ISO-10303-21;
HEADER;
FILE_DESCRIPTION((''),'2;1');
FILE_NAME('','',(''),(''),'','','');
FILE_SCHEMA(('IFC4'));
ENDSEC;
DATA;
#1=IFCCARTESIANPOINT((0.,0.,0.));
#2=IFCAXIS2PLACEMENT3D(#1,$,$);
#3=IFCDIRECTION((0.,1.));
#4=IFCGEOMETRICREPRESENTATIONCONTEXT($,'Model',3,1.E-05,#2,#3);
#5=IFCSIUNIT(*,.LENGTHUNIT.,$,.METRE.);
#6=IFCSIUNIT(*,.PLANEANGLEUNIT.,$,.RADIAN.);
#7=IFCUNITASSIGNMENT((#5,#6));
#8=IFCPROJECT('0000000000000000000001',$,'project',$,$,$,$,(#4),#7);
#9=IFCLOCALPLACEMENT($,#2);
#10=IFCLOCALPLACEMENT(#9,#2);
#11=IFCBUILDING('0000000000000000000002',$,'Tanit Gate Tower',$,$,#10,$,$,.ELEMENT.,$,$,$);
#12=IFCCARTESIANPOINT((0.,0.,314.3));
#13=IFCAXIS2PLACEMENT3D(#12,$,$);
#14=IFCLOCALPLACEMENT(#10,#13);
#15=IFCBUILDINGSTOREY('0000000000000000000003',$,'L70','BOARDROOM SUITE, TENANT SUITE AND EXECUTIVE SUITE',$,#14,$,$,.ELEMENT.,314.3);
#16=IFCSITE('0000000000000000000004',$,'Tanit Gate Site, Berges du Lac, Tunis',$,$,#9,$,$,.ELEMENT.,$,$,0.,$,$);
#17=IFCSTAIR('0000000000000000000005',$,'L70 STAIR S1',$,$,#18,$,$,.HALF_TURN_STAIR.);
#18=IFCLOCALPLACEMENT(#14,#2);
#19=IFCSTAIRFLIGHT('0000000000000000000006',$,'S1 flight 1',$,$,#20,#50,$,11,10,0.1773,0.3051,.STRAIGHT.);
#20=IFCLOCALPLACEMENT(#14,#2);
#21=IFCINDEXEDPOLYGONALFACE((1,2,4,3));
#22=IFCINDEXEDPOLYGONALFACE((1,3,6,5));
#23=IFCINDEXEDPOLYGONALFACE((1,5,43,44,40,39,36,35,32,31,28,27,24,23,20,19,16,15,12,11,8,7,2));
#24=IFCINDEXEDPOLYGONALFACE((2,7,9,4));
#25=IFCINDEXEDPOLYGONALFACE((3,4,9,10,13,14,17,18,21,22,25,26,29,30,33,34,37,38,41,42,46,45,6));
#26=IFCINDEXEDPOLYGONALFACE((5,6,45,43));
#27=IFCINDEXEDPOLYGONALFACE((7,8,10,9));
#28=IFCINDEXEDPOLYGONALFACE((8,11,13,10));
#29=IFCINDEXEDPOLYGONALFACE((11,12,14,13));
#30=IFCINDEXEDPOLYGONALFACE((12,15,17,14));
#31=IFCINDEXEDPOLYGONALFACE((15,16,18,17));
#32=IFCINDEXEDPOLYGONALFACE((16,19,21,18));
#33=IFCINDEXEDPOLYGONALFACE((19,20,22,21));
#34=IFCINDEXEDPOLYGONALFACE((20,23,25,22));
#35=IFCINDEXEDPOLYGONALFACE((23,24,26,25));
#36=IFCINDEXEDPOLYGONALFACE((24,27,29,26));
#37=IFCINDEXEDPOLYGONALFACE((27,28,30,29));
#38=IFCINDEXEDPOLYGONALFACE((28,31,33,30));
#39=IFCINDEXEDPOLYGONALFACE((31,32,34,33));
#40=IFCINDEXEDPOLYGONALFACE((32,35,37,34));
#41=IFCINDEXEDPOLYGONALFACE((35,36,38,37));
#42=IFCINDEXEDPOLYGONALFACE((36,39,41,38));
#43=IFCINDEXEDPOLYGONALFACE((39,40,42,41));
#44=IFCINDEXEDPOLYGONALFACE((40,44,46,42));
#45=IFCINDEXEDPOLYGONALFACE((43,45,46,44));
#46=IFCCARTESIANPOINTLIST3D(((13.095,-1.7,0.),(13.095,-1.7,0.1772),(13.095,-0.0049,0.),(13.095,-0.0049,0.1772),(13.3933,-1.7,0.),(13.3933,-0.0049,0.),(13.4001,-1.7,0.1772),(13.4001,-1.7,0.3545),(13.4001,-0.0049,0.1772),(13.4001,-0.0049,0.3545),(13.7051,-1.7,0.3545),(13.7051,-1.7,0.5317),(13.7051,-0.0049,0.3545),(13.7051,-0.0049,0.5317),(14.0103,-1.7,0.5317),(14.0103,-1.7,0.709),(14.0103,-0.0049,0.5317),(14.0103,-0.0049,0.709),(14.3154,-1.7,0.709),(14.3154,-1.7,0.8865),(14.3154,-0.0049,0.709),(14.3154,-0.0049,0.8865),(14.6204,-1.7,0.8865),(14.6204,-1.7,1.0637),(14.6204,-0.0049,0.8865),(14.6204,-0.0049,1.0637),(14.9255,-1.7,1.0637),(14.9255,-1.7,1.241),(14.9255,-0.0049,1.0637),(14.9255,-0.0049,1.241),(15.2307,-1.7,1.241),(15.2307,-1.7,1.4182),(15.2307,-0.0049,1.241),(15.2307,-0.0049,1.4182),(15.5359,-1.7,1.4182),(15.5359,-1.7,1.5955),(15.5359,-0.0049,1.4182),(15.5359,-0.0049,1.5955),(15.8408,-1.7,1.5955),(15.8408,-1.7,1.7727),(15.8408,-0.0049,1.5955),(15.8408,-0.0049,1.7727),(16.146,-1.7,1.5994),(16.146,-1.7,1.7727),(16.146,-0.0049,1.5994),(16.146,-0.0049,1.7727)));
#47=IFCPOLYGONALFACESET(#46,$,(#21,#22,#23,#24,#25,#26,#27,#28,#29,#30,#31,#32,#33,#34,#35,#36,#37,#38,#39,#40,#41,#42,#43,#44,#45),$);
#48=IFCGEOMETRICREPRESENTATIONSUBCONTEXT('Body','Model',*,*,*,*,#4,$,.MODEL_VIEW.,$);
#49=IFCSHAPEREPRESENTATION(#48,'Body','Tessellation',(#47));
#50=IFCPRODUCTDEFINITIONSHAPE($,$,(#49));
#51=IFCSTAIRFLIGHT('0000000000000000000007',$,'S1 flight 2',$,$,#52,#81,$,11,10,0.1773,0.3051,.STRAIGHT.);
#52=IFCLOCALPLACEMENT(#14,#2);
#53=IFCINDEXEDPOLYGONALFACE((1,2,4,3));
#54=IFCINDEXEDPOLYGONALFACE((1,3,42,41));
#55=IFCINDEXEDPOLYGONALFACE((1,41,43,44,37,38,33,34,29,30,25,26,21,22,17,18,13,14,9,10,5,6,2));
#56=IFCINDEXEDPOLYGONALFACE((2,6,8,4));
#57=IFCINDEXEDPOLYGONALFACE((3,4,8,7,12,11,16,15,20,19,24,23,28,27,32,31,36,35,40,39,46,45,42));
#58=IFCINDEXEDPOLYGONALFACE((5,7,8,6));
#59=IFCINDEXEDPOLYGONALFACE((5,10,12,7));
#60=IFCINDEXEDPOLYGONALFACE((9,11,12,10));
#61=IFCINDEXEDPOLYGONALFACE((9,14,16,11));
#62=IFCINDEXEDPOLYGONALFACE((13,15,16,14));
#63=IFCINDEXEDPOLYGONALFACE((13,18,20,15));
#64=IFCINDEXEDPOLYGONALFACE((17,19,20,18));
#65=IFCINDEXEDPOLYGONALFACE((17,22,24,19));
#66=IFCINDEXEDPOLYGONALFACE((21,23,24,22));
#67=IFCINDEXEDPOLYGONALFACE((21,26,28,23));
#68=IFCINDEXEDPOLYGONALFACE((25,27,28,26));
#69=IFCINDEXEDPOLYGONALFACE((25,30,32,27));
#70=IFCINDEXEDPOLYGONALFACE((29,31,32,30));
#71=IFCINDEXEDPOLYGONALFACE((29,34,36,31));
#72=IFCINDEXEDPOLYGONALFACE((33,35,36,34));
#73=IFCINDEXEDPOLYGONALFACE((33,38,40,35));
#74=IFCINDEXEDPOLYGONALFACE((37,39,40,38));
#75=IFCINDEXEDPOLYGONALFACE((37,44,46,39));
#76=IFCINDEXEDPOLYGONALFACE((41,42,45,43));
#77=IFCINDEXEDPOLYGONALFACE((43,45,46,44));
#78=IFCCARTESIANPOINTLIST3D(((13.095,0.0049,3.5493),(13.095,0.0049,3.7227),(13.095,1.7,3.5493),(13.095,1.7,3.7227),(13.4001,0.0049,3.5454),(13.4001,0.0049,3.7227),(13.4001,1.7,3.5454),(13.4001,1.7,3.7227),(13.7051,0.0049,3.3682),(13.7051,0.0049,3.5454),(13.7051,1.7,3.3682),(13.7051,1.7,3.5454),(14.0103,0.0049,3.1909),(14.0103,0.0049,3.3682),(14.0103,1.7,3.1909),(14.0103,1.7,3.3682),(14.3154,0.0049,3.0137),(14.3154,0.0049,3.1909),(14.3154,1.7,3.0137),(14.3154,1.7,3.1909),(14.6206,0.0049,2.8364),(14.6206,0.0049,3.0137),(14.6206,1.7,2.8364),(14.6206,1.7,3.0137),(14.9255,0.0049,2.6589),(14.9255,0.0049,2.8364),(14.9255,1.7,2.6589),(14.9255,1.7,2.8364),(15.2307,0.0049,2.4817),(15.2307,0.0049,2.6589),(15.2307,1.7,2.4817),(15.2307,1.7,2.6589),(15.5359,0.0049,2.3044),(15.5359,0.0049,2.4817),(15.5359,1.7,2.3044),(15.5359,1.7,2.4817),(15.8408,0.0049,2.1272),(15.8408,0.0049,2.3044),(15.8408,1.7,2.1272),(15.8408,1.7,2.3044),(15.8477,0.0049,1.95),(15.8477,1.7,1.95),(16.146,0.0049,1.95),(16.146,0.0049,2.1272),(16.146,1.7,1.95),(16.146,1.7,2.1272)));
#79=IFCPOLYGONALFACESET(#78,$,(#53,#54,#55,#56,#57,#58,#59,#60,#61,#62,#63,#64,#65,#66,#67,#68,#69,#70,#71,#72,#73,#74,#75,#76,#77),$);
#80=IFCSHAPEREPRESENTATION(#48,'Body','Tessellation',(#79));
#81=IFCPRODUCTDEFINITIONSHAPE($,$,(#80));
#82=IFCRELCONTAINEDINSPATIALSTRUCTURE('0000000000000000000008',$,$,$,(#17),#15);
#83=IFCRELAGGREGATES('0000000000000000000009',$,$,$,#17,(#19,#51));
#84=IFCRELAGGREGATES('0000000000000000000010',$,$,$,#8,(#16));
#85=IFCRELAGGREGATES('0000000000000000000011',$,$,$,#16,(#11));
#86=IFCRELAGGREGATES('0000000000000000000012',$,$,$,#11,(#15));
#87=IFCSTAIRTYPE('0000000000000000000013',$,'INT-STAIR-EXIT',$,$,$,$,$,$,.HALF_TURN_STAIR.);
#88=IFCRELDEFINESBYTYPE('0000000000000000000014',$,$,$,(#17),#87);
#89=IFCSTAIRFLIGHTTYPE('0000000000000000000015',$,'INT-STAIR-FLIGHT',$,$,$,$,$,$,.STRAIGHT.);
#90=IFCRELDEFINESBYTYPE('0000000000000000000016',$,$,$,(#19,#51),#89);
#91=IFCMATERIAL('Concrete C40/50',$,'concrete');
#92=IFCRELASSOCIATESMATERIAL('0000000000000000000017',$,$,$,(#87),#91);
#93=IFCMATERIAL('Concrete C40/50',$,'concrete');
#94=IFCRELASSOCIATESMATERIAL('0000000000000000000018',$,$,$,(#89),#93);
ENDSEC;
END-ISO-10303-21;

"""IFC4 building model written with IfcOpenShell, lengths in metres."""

from ifc_helpers import new_model, si_unit, direction, frame, origin, place, context, subcontext, project, spatial, polyline, outline, extrude, material, type_object, element, aggregate, save


model = new_model("IFC4")

# Units and contexts
model_context = context("Model", 3, precision=1e-05, world=origin(), true_north=direction((0.0, 1.0)))
body_context = subcontext(model_context, "Body", "Model", "MODEL_VIEW")
ifc_project = project(units=[si_unit("LENGTHUNIT", "METRE"), si_unit("PLANEANGLEUNIT", "RADIAN")], contexts=[model_context])

# Site, building, storey
site_placement = place(None, origin())
site = spatial("IfcSite", under=ifc_project, at=site_placement, Name="Tanit Gate Site, Berges du Lac, Tunis", CompositionType="ELEMENT", RefElevation=0.0)
building_placement = place(site_placement, origin())
building = spatial("IfcBuilding", under=site, at=building_placement, Name="Tanit Gate Tower", CompositionType="ELEMENT")
storey_placement = place(building_placement, frame((0.0, 0.0, 314.3)))
storey = spatial("IfcBuildingStorey", under=building, at=storey_placement, Name="L70", Description="BOARDROOM SUITE, TENANT SUITE AND EXECUTIVE SUITE", CompositionType="ELEMENT", Elevation=314.3)

# Stair, stair flights
ifc_material_1 = material(Name="Concrete C40/50", Category="concrete")
stair_type = type_object("IfcStairType", Name="INT-STAIR-EXIT", PredefinedType="HALF_TURN_STAIR", material=ifc_material_1)
stair_placement = place(storey_placement, origin())
stair = element("IfcStair", 1, at=stair_placement, inside=storey, type_object=stair_type, Name="L70 STAIR S1", PredefinedType="HALF_TURN_STAIR")
ifc_material_2 = material(Name="Concrete C40/50", Category="concrete")
stair_flight_type = type_object("IfcStairFlightType", Name="INT-STAIR-FLIGHT", PredefinedType="STRAIGHT", material=ifc_material_2)
stair_flight_1_placement = place(storey_placement, frame((13.095, -0.8525, 0.0), z_axis=(0.0, 0.0, 1.0), x_axis=(1.0, 0.0, 0.0)))
stair_flight_1 = element("IfcStairFlight", 2, at=stair_flight_1_placement, type_object=stair_flight_type, Name="S1 flight 1", NumberOfRisers=11, NumberOfTreads=10, PredefinedType="STRAIGHT", RiserHeight=0.1773, TreadLength=0.3051, context=body_context, shape_type="SweptSolid", body=[
    extrude(outline(polyline([(0.0, 0.0), (0.0, 0.1772), (0.3052, 0.1772), (0.3052, 0.3545), (0.6101, 0.3545), (0.6101, 0.5317), (0.9153, 0.5317), (0.9153, 0.709), (1.2205, 0.709), (1.2205, 0.8865), (1.5254, 0.8865), (1.5254, 1.0637), (1.8306, 1.0637), (1.8306, 1.241), (2.1357, 1.241), (2.1357, 1.4182), (2.4409, 1.4182), (2.4409, 1.5955), (2.7458, 1.5955), (2.7458, 1.7727), (3.051, 1.7727), (3.051, 1.95), (3.051, 1.5994), (0.2983, 0.0), (0.0, 0.0)])), frame((0.0, 0.8477, 0.0), z_axis=(0.0, -1.0, 0.0), x_axis=(1.0, 0.0, 0.0)), (0.0, 0.0, 1.0), 1.6951),
])
stair_flight_2_placement = place(storey_placement, frame((16.146, 0.8525, 1.95), z_axis=(0.0, 0.0, 1.0), x_axis=(-1.0, 0.0, 0.0)))
stair_flight_2 = element("IfcStairFlight", 3, at=stair_flight_2_placement, type_object=stair_flight_type, Name="S1 flight 2", NumberOfRisers=11, NumberOfTreads=10, PredefinedType="STRAIGHT", RiserHeight=0.1773, TreadLength=0.3051, context=body_context, shape_type="SweptSolid", body=[
    extrude(outline(polyline([(0.0, 0.0), (0.0, 0.1772), (0.3052, 0.1772), (0.3052, 0.3545), (0.6101, 0.3545), (0.6101, 0.5317), (0.9153, 0.5317), (0.9153, 0.709), (1.2205, 0.709), (1.2205, 0.8865), (1.5254, 0.8865), (1.5254, 1.0637), (1.8306, 1.0637), (1.8306, 1.241), (2.1357, 1.241), (2.1357, 1.4182), (2.4409, 1.4182), (2.4409, 1.5955), (2.7458, 1.5955), (2.7458, 1.7727), (3.051, 1.7727), (3.051, 1.95), (3.051, 1.5994), (0.2983, 0.0), (0.0, 0.0)])), frame((0.0, 0.8477, 0.0), z_axis=(0.0, -1.0, 0.0), x_axis=(1.0, 0.0, 0.0)), (0.0, 0.0, 1.0), 1.6951),
])
aggregate(stair, [stair_flight_1, stair_flight_2])

save(model, "model.ifc")
